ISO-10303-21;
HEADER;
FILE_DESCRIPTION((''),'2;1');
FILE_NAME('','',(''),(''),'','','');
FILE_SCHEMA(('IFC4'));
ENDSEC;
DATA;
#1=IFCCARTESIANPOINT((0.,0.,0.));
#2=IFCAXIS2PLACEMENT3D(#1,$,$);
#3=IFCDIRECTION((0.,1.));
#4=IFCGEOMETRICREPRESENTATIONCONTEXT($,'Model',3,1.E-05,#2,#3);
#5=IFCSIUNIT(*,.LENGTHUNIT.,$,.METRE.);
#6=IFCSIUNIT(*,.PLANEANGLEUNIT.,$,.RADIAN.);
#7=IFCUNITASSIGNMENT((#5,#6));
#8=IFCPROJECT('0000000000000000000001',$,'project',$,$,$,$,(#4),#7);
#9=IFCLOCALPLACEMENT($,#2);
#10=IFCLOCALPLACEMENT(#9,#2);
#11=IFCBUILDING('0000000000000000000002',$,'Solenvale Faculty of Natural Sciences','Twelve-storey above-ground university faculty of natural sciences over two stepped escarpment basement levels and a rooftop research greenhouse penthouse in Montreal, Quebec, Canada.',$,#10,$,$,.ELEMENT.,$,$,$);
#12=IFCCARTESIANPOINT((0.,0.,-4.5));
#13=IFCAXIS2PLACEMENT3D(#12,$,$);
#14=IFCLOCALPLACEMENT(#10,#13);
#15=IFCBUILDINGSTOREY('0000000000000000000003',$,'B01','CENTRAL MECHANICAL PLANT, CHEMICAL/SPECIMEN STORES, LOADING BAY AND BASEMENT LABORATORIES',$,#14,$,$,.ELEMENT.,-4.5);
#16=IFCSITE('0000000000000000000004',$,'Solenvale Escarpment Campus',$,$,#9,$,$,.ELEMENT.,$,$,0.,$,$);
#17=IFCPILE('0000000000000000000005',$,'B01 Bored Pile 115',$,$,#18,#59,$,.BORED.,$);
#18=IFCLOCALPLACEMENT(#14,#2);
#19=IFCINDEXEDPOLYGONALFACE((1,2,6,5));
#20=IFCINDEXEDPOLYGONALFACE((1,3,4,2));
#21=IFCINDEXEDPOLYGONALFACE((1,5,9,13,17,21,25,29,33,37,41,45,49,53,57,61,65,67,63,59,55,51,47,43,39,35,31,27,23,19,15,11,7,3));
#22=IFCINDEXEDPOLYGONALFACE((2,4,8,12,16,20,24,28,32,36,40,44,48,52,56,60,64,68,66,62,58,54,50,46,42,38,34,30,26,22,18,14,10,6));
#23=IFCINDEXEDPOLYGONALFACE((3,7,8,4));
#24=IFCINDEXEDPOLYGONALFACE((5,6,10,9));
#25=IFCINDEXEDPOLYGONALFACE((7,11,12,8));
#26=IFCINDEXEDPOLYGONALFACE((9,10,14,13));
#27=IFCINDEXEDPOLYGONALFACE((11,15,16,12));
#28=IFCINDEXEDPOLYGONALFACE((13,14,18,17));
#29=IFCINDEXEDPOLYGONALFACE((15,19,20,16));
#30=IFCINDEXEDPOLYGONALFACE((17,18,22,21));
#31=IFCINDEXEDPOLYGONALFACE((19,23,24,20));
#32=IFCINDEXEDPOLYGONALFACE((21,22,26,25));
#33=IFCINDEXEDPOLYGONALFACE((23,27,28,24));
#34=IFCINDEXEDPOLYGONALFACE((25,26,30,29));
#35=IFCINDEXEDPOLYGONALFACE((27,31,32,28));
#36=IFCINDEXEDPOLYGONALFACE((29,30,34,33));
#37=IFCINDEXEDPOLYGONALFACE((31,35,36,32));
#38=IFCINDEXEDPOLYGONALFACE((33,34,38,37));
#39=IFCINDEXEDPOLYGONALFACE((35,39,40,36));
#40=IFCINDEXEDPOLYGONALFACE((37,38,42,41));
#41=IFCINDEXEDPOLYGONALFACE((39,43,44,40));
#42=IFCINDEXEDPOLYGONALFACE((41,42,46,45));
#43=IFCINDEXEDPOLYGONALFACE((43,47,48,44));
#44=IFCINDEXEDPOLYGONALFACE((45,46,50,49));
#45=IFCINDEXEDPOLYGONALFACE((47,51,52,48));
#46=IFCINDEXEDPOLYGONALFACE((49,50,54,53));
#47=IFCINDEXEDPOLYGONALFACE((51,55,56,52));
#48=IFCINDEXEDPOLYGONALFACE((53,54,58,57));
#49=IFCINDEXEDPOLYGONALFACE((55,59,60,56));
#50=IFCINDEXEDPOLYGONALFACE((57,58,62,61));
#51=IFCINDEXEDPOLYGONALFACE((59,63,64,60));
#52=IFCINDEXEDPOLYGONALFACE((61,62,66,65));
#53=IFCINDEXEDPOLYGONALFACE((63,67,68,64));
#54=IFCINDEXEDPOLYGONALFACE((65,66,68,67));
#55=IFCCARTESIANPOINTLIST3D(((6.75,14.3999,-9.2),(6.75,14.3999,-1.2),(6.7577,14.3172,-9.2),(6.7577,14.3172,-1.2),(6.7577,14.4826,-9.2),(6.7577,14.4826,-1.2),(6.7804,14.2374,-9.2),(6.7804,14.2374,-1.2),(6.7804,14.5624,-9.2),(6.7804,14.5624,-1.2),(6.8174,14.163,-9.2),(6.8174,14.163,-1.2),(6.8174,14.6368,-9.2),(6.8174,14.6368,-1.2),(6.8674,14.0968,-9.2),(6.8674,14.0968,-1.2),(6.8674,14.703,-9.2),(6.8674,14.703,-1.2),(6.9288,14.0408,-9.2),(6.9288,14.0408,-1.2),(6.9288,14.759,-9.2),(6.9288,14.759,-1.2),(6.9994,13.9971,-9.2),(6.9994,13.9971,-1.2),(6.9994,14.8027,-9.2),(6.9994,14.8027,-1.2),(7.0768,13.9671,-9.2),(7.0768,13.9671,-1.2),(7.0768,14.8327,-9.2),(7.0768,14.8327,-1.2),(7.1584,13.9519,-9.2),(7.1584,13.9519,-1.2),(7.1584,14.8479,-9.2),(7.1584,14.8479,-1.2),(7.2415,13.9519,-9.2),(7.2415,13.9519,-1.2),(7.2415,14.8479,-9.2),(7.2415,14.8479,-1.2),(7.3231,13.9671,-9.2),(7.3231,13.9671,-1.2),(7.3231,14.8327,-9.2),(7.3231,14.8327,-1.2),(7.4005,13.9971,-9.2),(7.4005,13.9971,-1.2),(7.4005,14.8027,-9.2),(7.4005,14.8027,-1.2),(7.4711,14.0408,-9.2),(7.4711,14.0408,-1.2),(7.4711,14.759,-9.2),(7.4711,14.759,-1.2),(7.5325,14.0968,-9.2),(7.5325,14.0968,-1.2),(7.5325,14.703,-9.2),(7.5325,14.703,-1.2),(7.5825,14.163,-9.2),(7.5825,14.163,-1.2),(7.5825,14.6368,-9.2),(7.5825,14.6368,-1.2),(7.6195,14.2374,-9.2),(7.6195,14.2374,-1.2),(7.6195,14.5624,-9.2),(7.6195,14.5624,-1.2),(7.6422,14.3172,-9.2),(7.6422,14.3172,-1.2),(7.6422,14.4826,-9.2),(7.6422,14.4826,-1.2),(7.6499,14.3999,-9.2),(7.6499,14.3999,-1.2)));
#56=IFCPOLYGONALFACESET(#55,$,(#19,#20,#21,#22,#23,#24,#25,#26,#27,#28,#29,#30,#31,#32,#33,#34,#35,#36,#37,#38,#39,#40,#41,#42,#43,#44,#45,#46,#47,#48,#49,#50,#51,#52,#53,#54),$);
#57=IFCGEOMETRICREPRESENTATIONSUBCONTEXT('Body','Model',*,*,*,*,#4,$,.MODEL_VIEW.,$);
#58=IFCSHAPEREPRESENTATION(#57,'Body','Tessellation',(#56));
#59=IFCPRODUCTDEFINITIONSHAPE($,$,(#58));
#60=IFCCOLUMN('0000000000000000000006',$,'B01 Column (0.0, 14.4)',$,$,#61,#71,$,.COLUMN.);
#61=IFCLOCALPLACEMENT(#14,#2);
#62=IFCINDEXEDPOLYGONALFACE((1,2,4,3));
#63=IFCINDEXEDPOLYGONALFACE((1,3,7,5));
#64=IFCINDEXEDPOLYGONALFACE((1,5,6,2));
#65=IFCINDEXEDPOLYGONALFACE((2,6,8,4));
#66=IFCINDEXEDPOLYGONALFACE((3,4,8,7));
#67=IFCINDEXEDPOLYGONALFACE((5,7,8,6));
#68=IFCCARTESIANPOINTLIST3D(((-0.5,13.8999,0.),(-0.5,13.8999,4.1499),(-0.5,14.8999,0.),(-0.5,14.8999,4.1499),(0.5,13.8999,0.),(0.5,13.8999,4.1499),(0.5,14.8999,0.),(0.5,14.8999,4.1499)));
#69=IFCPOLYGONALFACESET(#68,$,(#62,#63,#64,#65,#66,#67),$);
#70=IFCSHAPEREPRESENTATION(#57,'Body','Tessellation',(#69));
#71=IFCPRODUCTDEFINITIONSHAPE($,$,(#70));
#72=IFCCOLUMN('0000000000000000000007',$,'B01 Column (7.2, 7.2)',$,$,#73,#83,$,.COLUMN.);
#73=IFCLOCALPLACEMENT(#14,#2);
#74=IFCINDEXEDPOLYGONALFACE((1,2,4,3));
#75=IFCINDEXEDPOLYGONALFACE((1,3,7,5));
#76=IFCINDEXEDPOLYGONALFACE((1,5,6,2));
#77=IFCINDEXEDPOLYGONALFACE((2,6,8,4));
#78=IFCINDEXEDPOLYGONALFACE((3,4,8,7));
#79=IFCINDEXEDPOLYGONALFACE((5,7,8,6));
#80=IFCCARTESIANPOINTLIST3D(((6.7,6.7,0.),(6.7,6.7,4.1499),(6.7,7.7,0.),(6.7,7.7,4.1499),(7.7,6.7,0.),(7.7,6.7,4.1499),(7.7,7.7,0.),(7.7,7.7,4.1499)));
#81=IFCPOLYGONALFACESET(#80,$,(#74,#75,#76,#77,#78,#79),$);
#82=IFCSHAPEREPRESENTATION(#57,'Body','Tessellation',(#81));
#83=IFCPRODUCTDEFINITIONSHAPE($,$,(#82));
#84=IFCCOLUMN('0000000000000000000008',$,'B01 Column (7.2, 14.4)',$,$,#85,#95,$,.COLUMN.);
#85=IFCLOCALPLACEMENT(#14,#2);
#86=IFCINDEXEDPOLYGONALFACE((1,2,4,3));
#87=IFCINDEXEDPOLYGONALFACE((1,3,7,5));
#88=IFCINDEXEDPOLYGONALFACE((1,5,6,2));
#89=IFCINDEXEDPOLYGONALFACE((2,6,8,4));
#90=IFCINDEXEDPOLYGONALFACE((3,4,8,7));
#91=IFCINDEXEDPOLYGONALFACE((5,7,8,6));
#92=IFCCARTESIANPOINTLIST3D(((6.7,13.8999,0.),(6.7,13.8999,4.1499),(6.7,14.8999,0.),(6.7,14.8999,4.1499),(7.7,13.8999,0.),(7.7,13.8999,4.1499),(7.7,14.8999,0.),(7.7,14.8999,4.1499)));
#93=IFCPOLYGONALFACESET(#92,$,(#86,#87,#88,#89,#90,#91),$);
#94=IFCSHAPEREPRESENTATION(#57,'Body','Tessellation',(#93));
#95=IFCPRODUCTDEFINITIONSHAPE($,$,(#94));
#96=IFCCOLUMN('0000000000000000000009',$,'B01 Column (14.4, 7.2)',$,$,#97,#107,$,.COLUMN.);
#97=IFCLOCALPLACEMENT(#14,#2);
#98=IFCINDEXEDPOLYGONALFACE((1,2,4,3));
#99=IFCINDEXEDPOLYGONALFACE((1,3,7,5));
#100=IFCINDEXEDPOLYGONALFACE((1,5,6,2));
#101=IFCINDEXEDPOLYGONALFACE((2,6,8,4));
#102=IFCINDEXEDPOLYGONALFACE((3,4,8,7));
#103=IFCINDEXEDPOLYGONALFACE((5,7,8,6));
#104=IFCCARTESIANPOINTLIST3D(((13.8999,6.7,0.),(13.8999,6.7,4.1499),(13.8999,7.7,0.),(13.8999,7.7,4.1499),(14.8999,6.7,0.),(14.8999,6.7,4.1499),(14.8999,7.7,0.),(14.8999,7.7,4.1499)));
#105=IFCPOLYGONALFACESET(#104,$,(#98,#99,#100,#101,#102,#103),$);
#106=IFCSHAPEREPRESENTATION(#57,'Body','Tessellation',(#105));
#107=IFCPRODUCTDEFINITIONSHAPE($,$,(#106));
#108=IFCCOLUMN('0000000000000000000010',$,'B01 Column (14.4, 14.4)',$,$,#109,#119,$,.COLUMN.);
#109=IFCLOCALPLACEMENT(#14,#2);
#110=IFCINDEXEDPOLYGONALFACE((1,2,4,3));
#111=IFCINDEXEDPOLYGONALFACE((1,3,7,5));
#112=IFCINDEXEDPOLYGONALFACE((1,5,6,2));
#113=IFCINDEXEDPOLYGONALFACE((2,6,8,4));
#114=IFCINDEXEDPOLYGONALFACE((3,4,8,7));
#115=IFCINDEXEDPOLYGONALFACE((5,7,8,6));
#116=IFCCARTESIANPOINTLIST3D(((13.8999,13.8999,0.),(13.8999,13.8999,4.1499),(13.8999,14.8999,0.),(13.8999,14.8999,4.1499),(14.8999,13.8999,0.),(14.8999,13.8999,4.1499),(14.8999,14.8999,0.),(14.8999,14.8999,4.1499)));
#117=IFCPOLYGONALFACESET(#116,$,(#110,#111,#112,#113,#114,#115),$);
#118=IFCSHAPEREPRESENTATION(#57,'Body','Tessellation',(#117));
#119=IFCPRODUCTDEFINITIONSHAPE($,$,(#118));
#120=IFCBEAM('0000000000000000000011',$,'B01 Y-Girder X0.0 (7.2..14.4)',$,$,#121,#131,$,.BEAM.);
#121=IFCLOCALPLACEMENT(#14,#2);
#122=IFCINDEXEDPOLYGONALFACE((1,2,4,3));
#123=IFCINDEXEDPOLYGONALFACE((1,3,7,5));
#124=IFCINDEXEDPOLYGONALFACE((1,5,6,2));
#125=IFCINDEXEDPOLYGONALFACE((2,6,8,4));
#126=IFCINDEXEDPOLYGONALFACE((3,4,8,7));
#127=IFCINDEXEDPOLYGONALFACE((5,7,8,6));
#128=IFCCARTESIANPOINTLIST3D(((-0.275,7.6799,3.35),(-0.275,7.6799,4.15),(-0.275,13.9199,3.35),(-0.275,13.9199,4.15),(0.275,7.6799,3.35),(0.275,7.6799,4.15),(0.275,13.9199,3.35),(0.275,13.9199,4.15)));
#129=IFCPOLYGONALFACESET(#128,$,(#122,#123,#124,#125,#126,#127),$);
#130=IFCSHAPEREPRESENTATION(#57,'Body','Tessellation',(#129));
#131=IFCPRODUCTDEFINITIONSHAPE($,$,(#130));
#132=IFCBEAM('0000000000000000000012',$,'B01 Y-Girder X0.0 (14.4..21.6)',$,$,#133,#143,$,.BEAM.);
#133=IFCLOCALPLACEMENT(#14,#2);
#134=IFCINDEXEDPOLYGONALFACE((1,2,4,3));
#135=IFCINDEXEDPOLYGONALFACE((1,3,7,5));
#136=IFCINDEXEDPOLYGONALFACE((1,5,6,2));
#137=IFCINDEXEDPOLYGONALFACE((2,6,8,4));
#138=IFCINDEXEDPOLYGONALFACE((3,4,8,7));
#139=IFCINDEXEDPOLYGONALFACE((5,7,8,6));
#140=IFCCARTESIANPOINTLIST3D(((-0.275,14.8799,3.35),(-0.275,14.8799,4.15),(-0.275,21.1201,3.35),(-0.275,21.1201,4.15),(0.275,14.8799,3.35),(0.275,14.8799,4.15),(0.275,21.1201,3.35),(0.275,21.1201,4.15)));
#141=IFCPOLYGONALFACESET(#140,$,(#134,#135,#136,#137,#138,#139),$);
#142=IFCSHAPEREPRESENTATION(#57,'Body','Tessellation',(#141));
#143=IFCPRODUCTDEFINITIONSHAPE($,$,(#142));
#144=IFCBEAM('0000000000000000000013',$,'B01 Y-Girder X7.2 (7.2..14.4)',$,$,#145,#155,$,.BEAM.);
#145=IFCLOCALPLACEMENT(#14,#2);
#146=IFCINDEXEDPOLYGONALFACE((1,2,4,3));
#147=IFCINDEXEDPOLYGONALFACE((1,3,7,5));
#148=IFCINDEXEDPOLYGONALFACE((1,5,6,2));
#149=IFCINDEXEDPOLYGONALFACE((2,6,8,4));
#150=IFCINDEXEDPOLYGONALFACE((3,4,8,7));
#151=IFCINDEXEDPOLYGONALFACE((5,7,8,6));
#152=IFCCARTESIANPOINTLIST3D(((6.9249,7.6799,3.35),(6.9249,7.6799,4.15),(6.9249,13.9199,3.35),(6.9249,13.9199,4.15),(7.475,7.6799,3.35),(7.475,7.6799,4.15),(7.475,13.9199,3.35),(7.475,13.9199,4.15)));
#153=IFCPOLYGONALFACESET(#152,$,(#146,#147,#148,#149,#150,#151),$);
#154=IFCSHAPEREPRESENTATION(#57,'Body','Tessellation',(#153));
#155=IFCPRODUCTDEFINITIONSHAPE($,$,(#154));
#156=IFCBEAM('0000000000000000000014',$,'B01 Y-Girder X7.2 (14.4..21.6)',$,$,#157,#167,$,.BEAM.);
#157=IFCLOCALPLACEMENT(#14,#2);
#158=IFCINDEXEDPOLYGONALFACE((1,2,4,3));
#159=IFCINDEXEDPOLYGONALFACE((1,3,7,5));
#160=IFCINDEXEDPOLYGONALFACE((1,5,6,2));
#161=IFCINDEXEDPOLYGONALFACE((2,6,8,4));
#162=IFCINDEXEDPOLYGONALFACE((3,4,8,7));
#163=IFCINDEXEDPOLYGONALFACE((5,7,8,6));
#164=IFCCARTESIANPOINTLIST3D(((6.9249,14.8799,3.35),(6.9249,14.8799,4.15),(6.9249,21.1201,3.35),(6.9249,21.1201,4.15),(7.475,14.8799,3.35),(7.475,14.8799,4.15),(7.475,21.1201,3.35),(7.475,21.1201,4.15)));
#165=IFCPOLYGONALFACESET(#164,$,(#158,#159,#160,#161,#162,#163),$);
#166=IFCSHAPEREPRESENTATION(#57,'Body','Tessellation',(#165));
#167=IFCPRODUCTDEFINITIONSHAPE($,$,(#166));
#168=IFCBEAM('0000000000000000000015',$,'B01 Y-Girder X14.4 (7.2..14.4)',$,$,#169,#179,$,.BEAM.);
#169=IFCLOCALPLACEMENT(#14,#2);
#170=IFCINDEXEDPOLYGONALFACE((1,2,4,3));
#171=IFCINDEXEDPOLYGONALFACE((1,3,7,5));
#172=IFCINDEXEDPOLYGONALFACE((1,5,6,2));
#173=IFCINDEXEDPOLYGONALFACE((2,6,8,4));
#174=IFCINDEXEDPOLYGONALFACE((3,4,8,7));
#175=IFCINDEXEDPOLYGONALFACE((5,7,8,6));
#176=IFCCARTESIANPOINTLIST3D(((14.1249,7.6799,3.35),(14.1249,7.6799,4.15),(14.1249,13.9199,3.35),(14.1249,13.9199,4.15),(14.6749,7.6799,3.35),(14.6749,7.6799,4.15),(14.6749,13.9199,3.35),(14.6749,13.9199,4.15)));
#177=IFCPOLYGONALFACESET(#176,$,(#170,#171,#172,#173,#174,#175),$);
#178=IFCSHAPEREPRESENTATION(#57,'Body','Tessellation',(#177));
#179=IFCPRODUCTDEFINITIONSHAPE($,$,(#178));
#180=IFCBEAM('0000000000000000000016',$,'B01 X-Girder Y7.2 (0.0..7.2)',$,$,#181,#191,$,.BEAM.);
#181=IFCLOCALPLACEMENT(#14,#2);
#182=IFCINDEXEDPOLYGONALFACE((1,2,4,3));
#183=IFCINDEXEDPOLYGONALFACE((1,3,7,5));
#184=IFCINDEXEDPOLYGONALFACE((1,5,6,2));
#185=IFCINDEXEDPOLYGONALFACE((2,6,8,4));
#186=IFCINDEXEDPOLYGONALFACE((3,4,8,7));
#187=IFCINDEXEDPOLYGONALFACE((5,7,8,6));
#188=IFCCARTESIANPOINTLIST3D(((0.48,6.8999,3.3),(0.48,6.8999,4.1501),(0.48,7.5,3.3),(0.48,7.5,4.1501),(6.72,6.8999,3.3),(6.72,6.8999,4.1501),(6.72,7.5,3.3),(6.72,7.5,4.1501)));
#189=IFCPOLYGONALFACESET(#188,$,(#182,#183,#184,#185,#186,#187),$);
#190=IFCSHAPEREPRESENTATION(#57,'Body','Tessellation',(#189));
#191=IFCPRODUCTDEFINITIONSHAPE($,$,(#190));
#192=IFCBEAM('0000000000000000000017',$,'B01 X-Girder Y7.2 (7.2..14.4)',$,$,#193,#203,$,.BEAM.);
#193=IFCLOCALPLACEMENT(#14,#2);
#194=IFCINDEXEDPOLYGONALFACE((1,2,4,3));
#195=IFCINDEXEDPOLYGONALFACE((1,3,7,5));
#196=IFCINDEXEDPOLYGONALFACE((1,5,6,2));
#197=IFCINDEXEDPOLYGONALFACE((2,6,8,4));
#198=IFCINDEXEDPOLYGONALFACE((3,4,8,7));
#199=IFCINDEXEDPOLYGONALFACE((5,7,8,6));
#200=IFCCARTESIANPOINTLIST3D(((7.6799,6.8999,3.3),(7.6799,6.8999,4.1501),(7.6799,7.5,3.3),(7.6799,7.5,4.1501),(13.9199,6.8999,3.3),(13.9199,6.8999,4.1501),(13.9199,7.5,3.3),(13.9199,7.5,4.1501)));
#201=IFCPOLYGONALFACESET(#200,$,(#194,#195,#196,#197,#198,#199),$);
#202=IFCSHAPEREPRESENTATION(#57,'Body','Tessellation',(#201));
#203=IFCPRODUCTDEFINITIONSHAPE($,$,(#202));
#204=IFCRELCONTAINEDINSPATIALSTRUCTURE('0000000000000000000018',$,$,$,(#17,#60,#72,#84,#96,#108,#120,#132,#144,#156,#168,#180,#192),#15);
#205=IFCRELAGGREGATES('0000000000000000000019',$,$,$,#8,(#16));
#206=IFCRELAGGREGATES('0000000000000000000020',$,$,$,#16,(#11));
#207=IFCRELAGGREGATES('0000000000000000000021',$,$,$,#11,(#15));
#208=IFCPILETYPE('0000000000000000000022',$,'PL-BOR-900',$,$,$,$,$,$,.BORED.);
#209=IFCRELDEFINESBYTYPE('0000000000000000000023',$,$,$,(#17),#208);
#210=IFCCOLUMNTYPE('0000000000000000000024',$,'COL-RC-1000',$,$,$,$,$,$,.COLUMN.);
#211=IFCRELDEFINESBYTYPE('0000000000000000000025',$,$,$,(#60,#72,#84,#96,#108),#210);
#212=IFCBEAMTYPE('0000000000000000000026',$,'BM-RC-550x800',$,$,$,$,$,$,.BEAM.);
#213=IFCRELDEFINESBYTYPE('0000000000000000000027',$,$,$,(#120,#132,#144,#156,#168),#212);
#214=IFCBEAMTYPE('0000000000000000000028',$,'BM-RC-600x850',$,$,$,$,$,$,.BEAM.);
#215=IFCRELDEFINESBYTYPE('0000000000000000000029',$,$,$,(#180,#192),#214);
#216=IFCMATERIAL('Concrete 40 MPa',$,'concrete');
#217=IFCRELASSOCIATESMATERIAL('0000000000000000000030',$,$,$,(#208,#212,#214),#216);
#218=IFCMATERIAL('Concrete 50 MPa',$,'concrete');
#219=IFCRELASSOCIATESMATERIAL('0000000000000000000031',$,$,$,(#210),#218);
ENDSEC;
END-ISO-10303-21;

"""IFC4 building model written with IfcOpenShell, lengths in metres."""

from ifc_helpers import new_model, si_unit, direction, frame, origin, origin_2d, place, context, subcontext, project, spatial, rectangle, circle, extrude, material, material_profile, profile_set, type_object, element, save


model = new_model("IFC4")

# Units and contexts
model_context = context("Model", 3, precision=1e-05, world=origin(), true_north=direction((0.0, 1.0)))
body_context = subcontext(model_context, "Body", "Model", "MODEL_VIEW")
ifc_project = project(units=[si_unit("LENGTHUNIT", "METRE"), si_unit("PLANEANGLEUNIT", "RADIAN")], contexts=[model_context])

# Site, building, storey
site_placement = place(None, origin())
site = spatial("IfcSite", under=ifc_project, at=site_placement, Name="Solenvale Escarpment Campus", CompositionType="ELEMENT", RefElevation=0.0)
building_placement = place(site_placement, origin())
building = spatial("IfcBuilding", under=site, at=building_placement, Name="Solenvale Faculty of Natural Sciences", Description="Twelve-storey above-ground university faculty of natural sciences over two stepped escarpment basement levels and a rooftop research greenhouse penthouse in Montreal, Quebec, Canada.", CompositionType="ELEMENT")
storey_placement = place(building_placement, frame((0.0, 0.0, -4.5)))
storey = spatial("IfcBuildingStorey", under=building, at=storey_placement, Name="B01", Description="CENTRAL MECHANICAL PLANT, CHEMICAL/SPECIMEN STORES, LOADING BAY AND BASEMENT LABORATORIES", CompositionType="ELEMENT", Elevation=-4.5)

# Shared definitions
ifc_material_1 = material(Name="Concrete 40 MPa", Category="concrete")

# Pile
ifc_material_profile_1 = material_profile(ifc_material_1, circle(Radius=0.45, at=origin_2d()), Name="PILE-D900")
ifc_profile_set_1 = profile_set([ifc_material_profile_1], Name="Concrete 40 MPa")
pile_type = type_object("IfcPileType", Name="PL-BOR-900", PredefinedType="BORED", material=ifc_profile_set_1)
for number, where, z_axis, x_axis, name in (
    (1, (7.2, 14.3999, -1.2), (0.0, 0.0, -1.0), (1.0, 0.0, 0.0), "B01 Bored Pile 115"),
):
    element("IfcPile", number, at=place(storey_placement, frame(where, z_axis=z_axis, x_axis=x_axis)), inside=storey, type_object=pile_type, Name=name, PredefinedType="BORED", context=body_context, shape_type="SweptSolid", body=[
        extrude(circle(Radius=0.45, at=origin_2d()), origin(), (0.0, 0.0, 1.0), 8.0),
    ])

# Columns
ifc_material_2 = material(Name="Concrete 50 MPa", Category="concrete")
ifc_material_profile_2 = material_profile(ifc_material_2, rectangle(XDim=1.0, YDim=1.0, at=origin_2d()), Name="RC-COL-1000x1000")
ifc_profile_set_2 = profile_set([ifc_material_profile_2], Name="Concrete 50 MPa")
column_type = type_object("IfcColumnType", Name="COL-RC-1000", PredefinedType="COLUMN", material=ifc_profile_set_2)
for number, where, z_axis, x_axis, name in (
    (2, (0.0, 14.3999, 0.0), (0.0, 0.0, 1.0), (1.0, 0.0, 0.0), "B01 Column (0.0, 14.4)"),
    (3, (7.2, 7.2, 0.0), (0.0, 0.0, 1.0), (1.0, 0.0, 0.0), "B01 Column (7.2, 7.2)"),
    (4, (7.2, 14.3999, 0.0), (0.0, 0.0, 1.0), (1.0, 0.0, 0.0), "B01 Column (7.2, 14.4)"),
    (5, (14.3999, 7.2, 0.0), (0.0, 0.0, 1.0), (1.0, 0.0, 0.0), "B01 Column (14.4, 7.2)"),
    (6, (14.3999, 14.3999, 0.0), (0.0, 0.0, 1.0), (1.0, 0.0, 0.0), "B01 Column (14.4, 14.4)"),
):
    element("IfcColumn", number, at=place(storey_placement, frame(where, z_axis=z_axis, x_axis=x_axis)), inside=storey, type_object=column_type, Name=name, PredefinedType="COLUMN", context=body_context, shape_type="SweptSolid", body=[
        extrude(rectangle(XDim=1.0, YDim=1.0, at=origin_2d()), origin(), (0.0, 0.0, 1.0), 4.1499),
    ])

# Beams
ifc_material_profile_3 = material_profile(ifc_material_1, rectangle(XDim=0.55, YDim=0.8, at=origin_2d()), Name="RC-BM-550x800")
ifc_profile_set_3 = profile_set([ifc_material_profile_3], Name="Concrete 40 MPa")
beam_type_1 = type_object("IfcBeamType", Name="BM-RC-550x800", PredefinedType="BEAM", material=ifc_profile_set_3)
beam_1_placement = place(storey_placement, frame((0.0, 7.6799, 3.75), z_axis=(0.0, 1.0, 0.0), x_axis=(-1.0, 0.0, 0.0)))
element("IfcBeam", 7, at=beam_1_placement, inside=storey, type_object=beam_type_1, Name="B01 Y-Girder X0.0 (7.2..14.4)", PredefinedType="BEAM", context=body_context, shape_type="SweptSolid", body=[
    extrude(rectangle(XDim=0.55, YDim=0.8, at=origin_2d()), origin(), (0.0, 0.0, 1.0), 6.24),
])
beam_2_placement = place(storey_placement, frame((0.0, 14.8799, 3.75), z_axis=(0.0, 1.0, 0.0), x_axis=(-1.0, 0.0, 0.0)))
element("IfcBeam", 8, at=beam_2_placement, inside=storey, type_object=beam_type_1, Name="B01 Y-Girder X0.0 (14.4..21.6)", PredefinedType="BEAM", context=body_context, shape_type="SweptSolid", body=[
    extrude(rectangle(XDim=0.55, YDim=0.8, at=origin_2d()), origin(), (0.0, 0.0, 1.0), 6.2402),
])
beam_3_placement = place(storey_placement, frame((7.2, 7.6799, 3.75), z_axis=(0.0, 1.0, 0.0), x_axis=(-1.0, 0.0, 0.0)))
element("IfcBeam", 9, at=beam_3_placement, inside=storey, type_object=beam_type_1, Name="B01 Y-Girder X7.2 (7.2..14.4)", PredefinedType="BEAM", context=body_context, shape_type="SweptSolid", body=[
    extrude(rectangle(XDim=0.55, YDim=0.8, at=origin_2d()), origin(), (0.0, 0.0, 1.0), 6.24),
])
beam_4_placement = place(storey_placement, frame((7.2, 14.8799, 3.75), z_axis=(0.0, 1.0, 0.0), x_axis=(-1.0, 0.0, 0.0)))
element("IfcBeam", 10, at=beam_4_placement, inside=storey, type_object=beam_type_1, Name="B01 Y-Girder X7.2 (14.4..21.6)", PredefinedType="BEAM", context=body_context, shape_type="SweptSolid", body=[
    extrude(rectangle(XDim=0.55, YDim=0.8, at=origin_2d()), origin(), (0.0, 0.0, 1.0), 6.2402),
])
beam_5_placement = place(storey_placement, frame((14.3999, 7.6799, 3.75), z_axis=(0.0, 1.0, 0.0), x_axis=(-1.0, 0.0, 0.0)))
element("IfcBeam", 11, at=beam_5_placement, inside=storey, type_object=beam_type_1, Name="B01 Y-Girder X14.4 (7.2..14.4)", PredefinedType="BEAM", context=body_context, shape_type="SweptSolid", body=[
    extrude(rectangle(XDim=0.55, YDim=0.8, at=origin_2d()), origin(), (0.0, 0.0, 1.0), 6.24),
])
ifc_material_profile_4 = material_profile(ifc_material_1, rectangle(XDim=0.6001, YDim=0.8501, at=origin_2d()), Name="RC-BM-600x850")
ifc_profile_set_4 = profile_set([ifc_material_profile_4], Name="Concrete 40 MPa")
beam_type_2 = type_object("IfcBeamType", Name="BM-RC-600x850", PredefinedType="BEAM", material=ifc_profile_set_4)
for number, where, z_axis, x_axis, name in (
    (12, (0.48, 7.2, 3.7251), (1.0, 0.0, 0.0), (0.0, 1.0, 0.0), "B01 X-Girder Y7.2 (0.0..7.2)"),
    (13, (7.6799, 7.2, 3.7251), (1.0, 0.0, 0.0), (0.0, 1.0, 0.0), "B01 X-Girder Y7.2 (7.2..14.4)"),
):
    element("IfcBeam", number, at=place(storey_placement, frame(where, z_axis=z_axis, x_axis=x_axis)), inside=storey, type_object=beam_type_2, Name=name, PredefinedType="BEAM", context=body_context, shape_type="SweptSolid", body=[
        extrude(rectangle(XDim=0.6001, YDim=0.8501, at=origin_2d()), origin(), (0.0, 0.0, 1.0), 6.24),
    ])

save(model, "model.ifc")
